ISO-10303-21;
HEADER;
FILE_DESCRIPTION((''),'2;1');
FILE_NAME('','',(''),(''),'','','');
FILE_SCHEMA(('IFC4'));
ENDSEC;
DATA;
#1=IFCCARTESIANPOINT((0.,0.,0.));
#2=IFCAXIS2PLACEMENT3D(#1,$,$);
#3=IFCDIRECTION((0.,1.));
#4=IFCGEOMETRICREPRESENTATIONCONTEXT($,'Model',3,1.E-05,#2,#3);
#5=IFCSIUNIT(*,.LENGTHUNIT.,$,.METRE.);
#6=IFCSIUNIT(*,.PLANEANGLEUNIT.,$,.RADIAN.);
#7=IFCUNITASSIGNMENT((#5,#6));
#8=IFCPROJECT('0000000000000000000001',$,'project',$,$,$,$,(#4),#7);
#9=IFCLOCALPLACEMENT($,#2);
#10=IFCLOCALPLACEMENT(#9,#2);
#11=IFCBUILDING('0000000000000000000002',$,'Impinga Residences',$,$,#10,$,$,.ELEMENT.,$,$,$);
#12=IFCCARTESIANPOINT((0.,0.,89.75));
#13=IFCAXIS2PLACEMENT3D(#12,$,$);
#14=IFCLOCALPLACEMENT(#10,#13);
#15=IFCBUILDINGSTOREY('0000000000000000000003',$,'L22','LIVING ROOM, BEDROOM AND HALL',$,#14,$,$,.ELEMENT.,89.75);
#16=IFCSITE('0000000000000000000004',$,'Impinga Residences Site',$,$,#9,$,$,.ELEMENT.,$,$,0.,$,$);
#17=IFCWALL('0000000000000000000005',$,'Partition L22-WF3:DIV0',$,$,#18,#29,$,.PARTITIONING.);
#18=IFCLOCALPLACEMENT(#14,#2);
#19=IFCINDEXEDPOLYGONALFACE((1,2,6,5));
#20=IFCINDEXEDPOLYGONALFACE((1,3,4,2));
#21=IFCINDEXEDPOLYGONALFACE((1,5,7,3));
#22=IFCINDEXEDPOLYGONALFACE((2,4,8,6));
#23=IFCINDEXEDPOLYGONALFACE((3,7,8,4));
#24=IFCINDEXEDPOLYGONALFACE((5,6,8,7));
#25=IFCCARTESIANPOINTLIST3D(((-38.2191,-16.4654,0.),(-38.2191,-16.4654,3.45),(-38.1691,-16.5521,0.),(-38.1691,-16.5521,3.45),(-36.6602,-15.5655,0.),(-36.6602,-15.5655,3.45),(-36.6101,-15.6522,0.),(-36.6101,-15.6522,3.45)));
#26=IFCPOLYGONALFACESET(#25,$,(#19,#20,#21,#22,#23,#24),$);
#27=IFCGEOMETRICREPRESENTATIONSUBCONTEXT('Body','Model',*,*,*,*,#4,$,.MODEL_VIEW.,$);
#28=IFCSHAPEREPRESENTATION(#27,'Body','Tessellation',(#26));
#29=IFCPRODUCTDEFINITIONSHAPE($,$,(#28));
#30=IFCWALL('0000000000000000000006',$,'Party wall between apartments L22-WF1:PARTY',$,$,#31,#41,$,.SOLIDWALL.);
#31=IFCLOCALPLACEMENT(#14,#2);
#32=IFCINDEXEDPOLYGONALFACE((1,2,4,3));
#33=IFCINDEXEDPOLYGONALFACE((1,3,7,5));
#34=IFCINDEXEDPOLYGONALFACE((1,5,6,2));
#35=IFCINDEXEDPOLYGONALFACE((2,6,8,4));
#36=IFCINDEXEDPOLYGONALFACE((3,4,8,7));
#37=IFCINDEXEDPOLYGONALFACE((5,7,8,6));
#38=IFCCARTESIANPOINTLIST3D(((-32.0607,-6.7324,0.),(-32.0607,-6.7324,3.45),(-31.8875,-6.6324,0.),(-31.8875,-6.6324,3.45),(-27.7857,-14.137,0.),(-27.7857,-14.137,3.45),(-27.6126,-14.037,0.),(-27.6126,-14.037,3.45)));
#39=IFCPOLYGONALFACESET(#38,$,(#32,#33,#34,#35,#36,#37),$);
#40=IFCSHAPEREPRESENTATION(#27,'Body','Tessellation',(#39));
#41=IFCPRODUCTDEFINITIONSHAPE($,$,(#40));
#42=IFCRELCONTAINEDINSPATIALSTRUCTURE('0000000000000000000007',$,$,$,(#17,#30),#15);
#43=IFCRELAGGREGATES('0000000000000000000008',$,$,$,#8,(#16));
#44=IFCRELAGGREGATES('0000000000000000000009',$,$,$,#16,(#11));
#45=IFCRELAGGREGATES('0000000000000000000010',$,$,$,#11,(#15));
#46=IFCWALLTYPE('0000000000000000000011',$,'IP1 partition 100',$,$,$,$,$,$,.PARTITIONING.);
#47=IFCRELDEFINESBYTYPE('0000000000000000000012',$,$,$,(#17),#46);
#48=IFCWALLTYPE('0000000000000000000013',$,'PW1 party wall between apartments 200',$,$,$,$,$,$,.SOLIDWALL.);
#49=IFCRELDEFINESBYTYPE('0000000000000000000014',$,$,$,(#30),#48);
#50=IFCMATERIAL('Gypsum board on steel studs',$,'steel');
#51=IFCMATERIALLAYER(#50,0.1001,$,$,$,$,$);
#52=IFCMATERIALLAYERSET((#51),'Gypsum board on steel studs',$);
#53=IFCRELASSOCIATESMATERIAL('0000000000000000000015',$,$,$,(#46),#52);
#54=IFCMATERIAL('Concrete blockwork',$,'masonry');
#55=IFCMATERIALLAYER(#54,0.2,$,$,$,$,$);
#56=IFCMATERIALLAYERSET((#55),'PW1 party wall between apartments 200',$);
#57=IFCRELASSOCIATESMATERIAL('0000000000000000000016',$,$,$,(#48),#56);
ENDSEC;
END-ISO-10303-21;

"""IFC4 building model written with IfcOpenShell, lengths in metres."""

from ifc_helpers import new_model, si_unit, direction, frame, frame_2d, origin, place, context, subcontext, project, spatial, rectangle, extrude, material, layer, layer_set, type_object, element, save


model = new_model("IFC4")

# Units and contexts
model_context = context("Model", 3, precision=1e-05, world=origin(), true_north=direction((0.0, 1.0)))
body_context = subcontext(model_context, "Body", "Model", "MODEL_VIEW")
ifc_project = project(units=[si_unit("LENGTHUNIT", "METRE"), si_unit("PLANEANGLEUNIT", "RADIAN")], contexts=[model_context])

# Site, building, storey
site_placement = place(None, origin())
site = spatial("IfcSite", under=ifc_project, at=site_placement, Name="Impinga Residences Site", CompositionType="ELEMENT", RefElevation=0.0)
building_placement = place(site_placement, origin())
building = spatial("IfcBuilding", under=site, at=building_placement, Name="Impinga Residences", CompositionType="ELEMENT")
storey_placement = place(building_placement, frame((0.0, 0.0, 89.75)))
storey = spatial("IfcBuildingStorey", under=building, at=storey_placement, Name="L22", Description="LIVING ROOM, BEDROOM AND HALL", CompositionType="ELEMENT", Elevation=89.75)

# Shared definitions
ifc_material_1 = material(Name="Gypsum board on steel studs", Category="steel")
ifc_layer_1 = layer(ifc_material_1, 0.1001)
ifc_layer_set_1 = layer_set([ifc_layer_1], Name="Gypsum board on steel studs")
wall_type_1 = type_object("IfcWallType", Name="IP1 partition 100", PredefinedType="PARTITIONING", material=ifc_layer_set_1)

# Walls
wall_1_placement = place(storey_placement, frame((-36.6353, -15.6089, 0.0), z_axis=(0.0, 0.0, 1.0), x_axis=(-0.866048, -0.499961, 0.0)))
element("IfcWall", 1, at=wall_1_placement, inside=storey, type_object=wall_type_1, Name="Partition L22-WF3:DIV0", PredefinedType="PARTITIONING", context=body_context, shape_type="SweptSolid", body=[
    extrude(rectangle(XDim=1.8, YDim=0.1001, at=frame_2d((0.8999, 0.0))), origin(), (0.0, 0.0, 1.0), 3.45),
])
ifc_material_2 = material(Name="Concrete blockwork", Category="masonry")
ifc_layer_2 = layer(ifc_material_2, 0.2)
ifc_layer_set_2 = layer_set([ifc_layer_2], Name="PW1 party wall between apartments 200")
wall_type_2 = type_object("IfcWallType", Name="PW1 party wall between apartments 200", PredefinedType="SOLIDWALL", material=ifc_layer_set_2)
wall_2_placement = place(storey_placement, frame((-27.6992, -14.0869, 0.0), z_axis=(0.0, 0.0, 1.0), x_axis=(-0.49999, 0.866031, 0.0)))
element("IfcWall", 2, at=wall_2_placement, inside=storey, type_object=wall_type_2, Name="Party wall between apartments L22-WF1:PARTY", PredefinedType="SOLIDWALL", context=body_context, shape_type="SweptSolid", body=[
    extrude(rectangle(XDim=8.55, YDim=0.2, at=frame_2d((4.2749, 0.0))), origin(), (0.0, 0.0, 1.0), 3.45),
])

save(model, "model.ifc")
